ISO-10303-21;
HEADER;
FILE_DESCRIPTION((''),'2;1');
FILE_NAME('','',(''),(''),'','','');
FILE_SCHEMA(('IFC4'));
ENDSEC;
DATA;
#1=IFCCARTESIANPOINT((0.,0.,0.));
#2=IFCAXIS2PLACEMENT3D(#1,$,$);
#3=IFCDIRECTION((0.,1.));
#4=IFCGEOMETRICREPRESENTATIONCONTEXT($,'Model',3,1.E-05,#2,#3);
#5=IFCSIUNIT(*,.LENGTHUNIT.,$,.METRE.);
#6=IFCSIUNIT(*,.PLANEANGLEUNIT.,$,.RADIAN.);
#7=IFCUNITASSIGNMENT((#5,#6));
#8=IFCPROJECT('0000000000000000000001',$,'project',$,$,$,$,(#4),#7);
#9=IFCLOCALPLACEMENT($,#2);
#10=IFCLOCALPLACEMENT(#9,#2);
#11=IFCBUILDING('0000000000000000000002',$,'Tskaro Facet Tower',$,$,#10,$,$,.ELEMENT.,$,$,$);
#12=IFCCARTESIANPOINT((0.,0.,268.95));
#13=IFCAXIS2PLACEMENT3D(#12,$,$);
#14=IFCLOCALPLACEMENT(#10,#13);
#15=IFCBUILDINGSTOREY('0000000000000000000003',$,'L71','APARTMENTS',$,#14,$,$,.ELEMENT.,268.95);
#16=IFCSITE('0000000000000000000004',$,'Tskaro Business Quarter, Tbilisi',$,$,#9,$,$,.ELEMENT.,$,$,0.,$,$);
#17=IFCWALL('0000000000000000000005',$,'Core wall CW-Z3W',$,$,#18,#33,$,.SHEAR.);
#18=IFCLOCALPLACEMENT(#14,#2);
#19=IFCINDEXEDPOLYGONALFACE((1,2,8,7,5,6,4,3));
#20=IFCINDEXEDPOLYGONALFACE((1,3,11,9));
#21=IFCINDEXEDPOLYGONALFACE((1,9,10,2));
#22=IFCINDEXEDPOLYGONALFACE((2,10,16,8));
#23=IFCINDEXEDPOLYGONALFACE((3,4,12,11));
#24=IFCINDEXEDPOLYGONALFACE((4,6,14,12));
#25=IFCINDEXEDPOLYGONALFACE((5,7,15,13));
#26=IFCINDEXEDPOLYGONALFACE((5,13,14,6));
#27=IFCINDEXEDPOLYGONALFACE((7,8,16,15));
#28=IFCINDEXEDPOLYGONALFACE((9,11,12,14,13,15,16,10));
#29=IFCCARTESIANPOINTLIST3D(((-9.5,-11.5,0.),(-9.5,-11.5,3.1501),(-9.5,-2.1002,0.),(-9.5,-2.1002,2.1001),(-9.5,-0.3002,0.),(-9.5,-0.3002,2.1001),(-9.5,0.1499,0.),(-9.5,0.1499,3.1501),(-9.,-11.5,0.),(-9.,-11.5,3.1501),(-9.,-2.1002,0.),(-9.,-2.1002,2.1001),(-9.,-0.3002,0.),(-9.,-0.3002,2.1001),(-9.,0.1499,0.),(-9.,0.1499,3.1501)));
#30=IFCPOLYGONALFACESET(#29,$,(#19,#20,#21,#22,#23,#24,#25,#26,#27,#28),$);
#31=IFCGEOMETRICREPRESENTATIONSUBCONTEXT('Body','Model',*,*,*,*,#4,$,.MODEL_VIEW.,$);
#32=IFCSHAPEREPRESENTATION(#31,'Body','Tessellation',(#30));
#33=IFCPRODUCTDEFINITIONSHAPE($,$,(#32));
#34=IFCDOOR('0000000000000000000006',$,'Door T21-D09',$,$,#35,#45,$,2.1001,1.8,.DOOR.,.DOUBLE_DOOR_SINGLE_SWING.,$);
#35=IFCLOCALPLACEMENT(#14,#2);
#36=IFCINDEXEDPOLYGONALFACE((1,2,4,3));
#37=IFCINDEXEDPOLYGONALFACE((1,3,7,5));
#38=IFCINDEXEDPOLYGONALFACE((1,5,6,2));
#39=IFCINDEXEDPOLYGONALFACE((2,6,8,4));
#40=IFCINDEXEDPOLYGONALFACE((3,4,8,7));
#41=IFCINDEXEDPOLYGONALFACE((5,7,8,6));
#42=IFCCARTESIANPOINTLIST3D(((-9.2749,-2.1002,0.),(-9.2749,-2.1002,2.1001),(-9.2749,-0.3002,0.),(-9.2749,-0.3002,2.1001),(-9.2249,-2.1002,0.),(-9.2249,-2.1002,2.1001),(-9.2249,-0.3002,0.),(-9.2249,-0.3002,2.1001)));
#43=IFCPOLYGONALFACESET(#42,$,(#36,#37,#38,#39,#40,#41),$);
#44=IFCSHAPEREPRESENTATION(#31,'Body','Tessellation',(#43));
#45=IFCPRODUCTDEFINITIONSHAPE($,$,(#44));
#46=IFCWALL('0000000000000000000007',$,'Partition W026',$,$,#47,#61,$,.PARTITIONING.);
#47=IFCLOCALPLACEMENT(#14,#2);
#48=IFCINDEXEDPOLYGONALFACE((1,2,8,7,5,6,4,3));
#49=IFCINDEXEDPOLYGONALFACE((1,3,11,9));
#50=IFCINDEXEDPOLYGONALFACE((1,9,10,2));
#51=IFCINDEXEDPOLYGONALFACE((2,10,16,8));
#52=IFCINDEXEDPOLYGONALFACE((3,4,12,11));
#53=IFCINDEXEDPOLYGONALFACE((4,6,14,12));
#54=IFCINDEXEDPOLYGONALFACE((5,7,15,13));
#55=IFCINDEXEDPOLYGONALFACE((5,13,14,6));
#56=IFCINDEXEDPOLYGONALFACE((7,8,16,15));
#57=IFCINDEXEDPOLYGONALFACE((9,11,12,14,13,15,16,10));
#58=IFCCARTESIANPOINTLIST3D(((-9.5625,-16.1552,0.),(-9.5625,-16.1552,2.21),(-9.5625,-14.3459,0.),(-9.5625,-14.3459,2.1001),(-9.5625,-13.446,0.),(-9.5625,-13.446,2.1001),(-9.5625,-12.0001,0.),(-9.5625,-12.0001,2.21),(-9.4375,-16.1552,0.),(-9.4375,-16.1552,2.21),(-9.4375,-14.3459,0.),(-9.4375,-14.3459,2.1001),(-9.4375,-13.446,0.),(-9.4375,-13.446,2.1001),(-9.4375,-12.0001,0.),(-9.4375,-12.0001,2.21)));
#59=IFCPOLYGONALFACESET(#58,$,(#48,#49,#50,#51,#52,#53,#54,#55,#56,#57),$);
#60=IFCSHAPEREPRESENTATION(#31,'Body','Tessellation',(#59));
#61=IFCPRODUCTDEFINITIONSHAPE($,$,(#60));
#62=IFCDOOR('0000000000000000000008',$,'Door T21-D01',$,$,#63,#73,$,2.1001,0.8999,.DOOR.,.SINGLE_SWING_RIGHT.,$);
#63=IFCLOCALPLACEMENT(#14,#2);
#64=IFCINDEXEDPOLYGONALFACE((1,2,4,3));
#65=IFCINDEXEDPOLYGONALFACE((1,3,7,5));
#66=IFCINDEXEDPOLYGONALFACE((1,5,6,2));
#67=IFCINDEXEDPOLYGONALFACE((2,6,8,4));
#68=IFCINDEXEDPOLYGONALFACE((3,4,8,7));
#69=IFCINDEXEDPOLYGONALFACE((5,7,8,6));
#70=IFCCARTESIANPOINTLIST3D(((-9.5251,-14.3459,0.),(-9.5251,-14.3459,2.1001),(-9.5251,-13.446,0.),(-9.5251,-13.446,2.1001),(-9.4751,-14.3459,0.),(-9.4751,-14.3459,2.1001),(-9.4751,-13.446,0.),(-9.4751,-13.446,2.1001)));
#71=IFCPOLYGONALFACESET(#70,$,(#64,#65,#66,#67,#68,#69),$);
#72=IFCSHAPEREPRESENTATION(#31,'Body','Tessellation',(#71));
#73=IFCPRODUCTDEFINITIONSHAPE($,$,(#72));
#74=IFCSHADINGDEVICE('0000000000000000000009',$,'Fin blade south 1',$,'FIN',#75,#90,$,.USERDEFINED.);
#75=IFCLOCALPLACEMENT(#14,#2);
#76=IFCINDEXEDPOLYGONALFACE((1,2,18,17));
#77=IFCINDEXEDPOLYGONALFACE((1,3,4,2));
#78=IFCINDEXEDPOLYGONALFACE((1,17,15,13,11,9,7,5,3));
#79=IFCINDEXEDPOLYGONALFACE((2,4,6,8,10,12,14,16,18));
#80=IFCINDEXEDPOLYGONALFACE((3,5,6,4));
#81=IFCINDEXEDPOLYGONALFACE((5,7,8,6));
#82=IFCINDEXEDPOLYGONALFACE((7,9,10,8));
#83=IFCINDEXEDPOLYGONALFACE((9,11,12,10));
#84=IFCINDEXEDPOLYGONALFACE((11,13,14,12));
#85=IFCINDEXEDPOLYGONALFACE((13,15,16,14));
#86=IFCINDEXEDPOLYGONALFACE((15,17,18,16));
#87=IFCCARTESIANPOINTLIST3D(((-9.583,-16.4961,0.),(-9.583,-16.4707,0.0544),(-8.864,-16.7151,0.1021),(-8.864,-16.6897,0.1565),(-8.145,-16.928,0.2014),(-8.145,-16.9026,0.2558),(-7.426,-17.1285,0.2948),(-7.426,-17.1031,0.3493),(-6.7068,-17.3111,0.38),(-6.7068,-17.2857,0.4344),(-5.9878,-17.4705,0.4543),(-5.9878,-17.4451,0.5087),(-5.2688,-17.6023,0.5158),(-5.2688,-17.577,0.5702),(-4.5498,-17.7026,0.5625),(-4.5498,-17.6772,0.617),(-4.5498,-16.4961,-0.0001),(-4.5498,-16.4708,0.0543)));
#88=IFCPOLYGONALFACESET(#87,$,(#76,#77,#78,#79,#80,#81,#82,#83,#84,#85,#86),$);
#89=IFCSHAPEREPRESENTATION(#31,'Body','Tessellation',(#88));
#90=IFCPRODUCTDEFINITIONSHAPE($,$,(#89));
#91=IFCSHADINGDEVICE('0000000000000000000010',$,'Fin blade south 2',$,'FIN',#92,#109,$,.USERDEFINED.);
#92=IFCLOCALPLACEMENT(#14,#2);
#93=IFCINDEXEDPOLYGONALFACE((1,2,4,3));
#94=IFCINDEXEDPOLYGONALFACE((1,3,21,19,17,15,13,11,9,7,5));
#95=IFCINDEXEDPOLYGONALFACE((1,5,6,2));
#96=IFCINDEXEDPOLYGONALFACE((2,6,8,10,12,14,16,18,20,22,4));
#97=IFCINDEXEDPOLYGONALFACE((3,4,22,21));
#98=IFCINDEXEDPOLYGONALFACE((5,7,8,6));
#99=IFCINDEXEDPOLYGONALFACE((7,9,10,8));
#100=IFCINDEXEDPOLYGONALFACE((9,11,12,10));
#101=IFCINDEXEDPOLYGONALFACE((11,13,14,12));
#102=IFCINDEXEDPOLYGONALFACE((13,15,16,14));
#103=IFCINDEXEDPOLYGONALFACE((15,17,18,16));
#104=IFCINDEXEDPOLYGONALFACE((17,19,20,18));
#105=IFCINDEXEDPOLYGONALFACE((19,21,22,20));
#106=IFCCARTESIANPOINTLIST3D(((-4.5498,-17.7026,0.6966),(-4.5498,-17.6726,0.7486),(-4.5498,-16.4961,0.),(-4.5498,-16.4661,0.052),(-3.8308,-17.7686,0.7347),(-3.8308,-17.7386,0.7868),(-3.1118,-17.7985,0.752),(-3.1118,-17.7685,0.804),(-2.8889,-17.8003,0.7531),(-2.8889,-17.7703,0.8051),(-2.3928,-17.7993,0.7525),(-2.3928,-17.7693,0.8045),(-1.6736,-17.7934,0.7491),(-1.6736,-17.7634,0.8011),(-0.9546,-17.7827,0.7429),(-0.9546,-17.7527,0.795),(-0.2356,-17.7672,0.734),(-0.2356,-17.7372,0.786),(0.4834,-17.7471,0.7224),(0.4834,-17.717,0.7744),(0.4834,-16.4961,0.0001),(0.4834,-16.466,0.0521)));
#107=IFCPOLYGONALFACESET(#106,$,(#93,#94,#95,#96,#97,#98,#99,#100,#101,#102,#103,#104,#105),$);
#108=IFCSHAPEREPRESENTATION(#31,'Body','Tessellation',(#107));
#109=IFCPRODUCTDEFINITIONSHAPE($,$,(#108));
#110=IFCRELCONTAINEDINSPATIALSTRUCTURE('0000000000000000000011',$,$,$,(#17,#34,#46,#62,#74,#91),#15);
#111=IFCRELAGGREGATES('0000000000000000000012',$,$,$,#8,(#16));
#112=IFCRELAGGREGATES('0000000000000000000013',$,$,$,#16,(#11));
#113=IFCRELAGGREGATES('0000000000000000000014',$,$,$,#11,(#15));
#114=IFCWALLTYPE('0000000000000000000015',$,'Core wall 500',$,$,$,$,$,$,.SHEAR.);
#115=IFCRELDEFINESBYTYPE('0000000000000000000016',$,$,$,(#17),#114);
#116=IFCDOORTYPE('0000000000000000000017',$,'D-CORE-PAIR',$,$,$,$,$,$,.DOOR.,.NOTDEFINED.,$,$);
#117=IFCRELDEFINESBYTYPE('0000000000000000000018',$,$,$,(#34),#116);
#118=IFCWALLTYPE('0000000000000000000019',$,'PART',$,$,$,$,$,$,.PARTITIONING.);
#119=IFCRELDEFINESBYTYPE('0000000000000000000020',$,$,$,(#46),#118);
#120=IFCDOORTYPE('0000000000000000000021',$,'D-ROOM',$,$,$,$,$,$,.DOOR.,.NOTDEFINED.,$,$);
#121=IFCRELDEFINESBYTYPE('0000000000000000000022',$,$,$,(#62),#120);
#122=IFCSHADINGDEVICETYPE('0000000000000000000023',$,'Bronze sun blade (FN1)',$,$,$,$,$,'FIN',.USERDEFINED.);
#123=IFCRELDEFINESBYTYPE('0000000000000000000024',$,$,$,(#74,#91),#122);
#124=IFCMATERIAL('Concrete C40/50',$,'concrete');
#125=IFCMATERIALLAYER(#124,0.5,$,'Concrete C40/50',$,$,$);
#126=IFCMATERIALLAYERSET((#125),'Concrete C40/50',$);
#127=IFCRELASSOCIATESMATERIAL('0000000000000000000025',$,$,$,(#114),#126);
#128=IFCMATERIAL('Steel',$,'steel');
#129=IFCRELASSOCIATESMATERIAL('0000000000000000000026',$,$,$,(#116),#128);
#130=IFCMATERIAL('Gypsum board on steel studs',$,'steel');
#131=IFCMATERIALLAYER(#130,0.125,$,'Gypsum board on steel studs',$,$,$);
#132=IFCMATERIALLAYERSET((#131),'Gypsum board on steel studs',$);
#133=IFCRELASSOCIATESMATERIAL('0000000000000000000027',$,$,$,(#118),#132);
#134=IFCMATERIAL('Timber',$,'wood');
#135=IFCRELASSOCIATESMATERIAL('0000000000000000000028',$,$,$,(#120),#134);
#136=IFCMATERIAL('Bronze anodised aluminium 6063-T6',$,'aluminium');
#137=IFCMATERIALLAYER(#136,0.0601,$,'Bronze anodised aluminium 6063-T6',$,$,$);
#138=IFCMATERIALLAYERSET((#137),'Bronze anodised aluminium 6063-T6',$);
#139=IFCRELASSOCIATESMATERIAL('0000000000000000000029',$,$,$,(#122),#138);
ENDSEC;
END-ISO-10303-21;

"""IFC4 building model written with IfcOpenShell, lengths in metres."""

from ifc_helpers import new_model, si_unit, direction, frame, frame_2d, origin, place, context, subcontext, project, spatial, polyline, rectangle, outline, extrude, material, layer, layer_set, type_object, element, fill, save


model = new_model("IFC4")

# Units and contexts
model_context = context("Model", 3, precision=1e-05, world=origin(), true_north=direction((0.0, 1.0)))
body_context = subcontext(model_context, "Body", "Model", "MODEL_VIEW")
ifc_project = project(units=[si_unit("LENGTHUNIT", "METRE"), si_unit("PLANEANGLEUNIT", "RADIAN")], contexts=[model_context])

# Site, building, storey
site_placement = place(None, origin())
site = spatial("IfcSite", under=ifc_project, at=site_placement, Name="Tskaro Business Quarter, Tbilisi", CompositionType="ELEMENT", RefElevation=0.0)
building_placement = place(site_placement, origin())
building = spatial("IfcBuilding", under=site, at=building_placement, Name="Tskaro Facet Tower", CompositionType="ELEMENT")
storey_placement = place(building_placement, frame((0.0, 0.0, 268.95)))
storey = spatial("IfcBuildingStorey", under=building, at=storey_placement, Name="L71", Description="APARTMENTS", CompositionType="ELEMENT", Elevation=268.95)

# Shared definitions
ifc_material_1 = material(Name="Bronze anodised aluminium 6063-T6", Category="aluminium")

# Shared definitions
ifc_material_2 = material(Name="Steel", Category="steel")

# Shared definitions
ifc_material_3 = material(Name="Concrete C40/50", Category="concrete")
ifc_layer_1 = layer(ifc_material_3, 0.5, Name="Concrete C40/50")
ifc_layer_set_1 = layer_set([ifc_layer_1], Name="Concrete C40/50")
wall_type_1 = type_object("IfcWallType", Name="Core wall 500", PredefinedType="SHEAR", material=ifc_layer_set_1)

# Walls, openings, doors
wall_1_placement = place(storey_placement, frame((-9.25, -11.5, 0.0), z_axis=(0.0, 0.0, 1.0), x_axis=(0.0, 1.0, 0.0)))
wall_1 = element("IfcWall", 1, at=wall_1_placement, inside=storey, type_object=wall_type_1, Name="Core wall CW-Z3W", PredefinedType="SHEAR", context=body_context, shape_type="SweptSolid", body=[
    extrude(rectangle(XDim=11.6499, YDim=0.5, at=frame_2d((5.825, 0.0))), origin(), (0.0, 0.0, 1.0), 3.1501),
])
opening_1_placement = place(wall_1_placement, frame((9.3999, 0.0, 0.0)))
opening_1 = element("IfcOpeningElement", 2, at=opening_1_placement, cuts=wall_1, PredefinedType="OPENING", context=body_context, shape_type="SweptSolid", body=[
    extrude(rectangle(XDim=1.8, YDim=2.1001, at=frame_2d((0.8999, 1.05))), frame((0.0, 0.26, 0.0), z_axis=(0.0, -1.0, 0.0), x_axis=(1.0, 0.0, 0.0)), (0.0, 0.0, 1.0), 0.52),
])
door_type_1 = type_object("IfcDoorType", Name="D-CORE-PAIR", OperationType="NOTDEFINED", PredefinedType="DOOR", material=ifc_material_2)
door_1_placement = place(opening_1_placement, origin())
door_1 = element("IfcDoor", 3, at=door_1_placement, inside=storey, type_object=door_type_1, Name="Door T21-D09", OperationType="DOUBLE_DOOR_SINGLE_SWING", OverallHeight=2.1001, OverallWidth=1.8, PredefinedType="DOOR", context=body_context, shape_type="SweptSolid", body=[
    extrude(rectangle(XDim=1.8, YDim=2.1001, at=frame_2d((0.8999, 1.05))), frame((0.0, 0.0249, 0.0), z_axis=(0.0, -1.0, 0.0), x_axis=(1.0, 0.0, 0.0)), (0.0, 0.0, 1.0), 0.05),
])
fill(opening_1, door_1)
ifc_material_4 = material(Name="Gypsum board on steel studs", Category="steel")
ifc_layer_2 = layer(ifc_material_4, 0.125, Name="Gypsum board on steel studs")
ifc_layer_set_2 = layer_set([ifc_layer_2], Name="Gypsum board on steel studs")
wall_type_2 = type_object("IfcWallType", Name="PART", PredefinedType="PARTITIONING", material=ifc_layer_set_2)
wall_2_placement = place(storey_placement, frame((-9.5, -12.0, 0.0), z_axis=(0.0, 0.0, 1.0), x_axis=(0.0, -1.0, 0.0)))
wall_2 = element("IfcWall", 4, at=wall_2_placement, inside=storey, type_object=wall_type_2, Name="Partition W026", PredefinedType="PARTITIONING", context=body_context, shape_type="SweptSolid", body=[
    extrude(rectangle(XDim=4.155, YDim=0.125, at=frame_2d((2.0776, 0.0))), origin(), (0.0, 0.0, 1.0), 2.21),
])
opening_2_placement = place(wall_2_placement, frame((1.446, 0.0, 0.0)))
opening_2 = element("IfcOpeningElement", 5, at=opening_2_placement, cuts=wall_2, PredefinedType="OPENING", context=body_context, shape_type="SweptSolid", body=[
    extrude(rectangle(XDim=0.8999, YDim=2.1001, at=frame_2d((0.45, 1.05))), frame((0.0, 0.0725, 0.0), z_axis=(0.0, -1.0, 0.0), x_axis=(1.0, 0.0, 0.0)), (0.0, 0.0, 1.0), 0.145),
])
ifc_material_5 = material(Name="Timber", Category="wood")
door_type_2 = type_object("IfcDoorType", Name="D-ROOM", OperationType="NOTDEFINED", PredefinedType="DOOR", material=ifc_material_5)
door_2_placement = place(opening_2_placement, origin())
door_2 = element("IfcDoor", 6, at=door_2_placement, inside=storey, type_object=door_type_2, Name="Door T21-D01", OperationType="SINGLE_SWING_RIGHT", OverallHeight=2.1001, OverallWidth=0.8999, PredefinedType="DOOR", context=body_context, shape_type="SweptSolid", body=[
    extrude(rectangle(XDim=0.8999, YDim=2.1001, at=frame_2d((0.45, 1.05))), frame((0.0, 0.0249, 0.0), z_axis=(0.0, -1.0, 0.0), x_axis=(1.0, 0.0, 0.0)), (0.0, 0.0, 1.0), 0.05),
])
fill(opening_2, door_2)

# Shading devices
ifc_layer_3 = layer(ifc_material_1, 0.0601, Name="Bronze anodised aluminium 6063-T6")
ifc_layer_set_3 = layer_set([ifc_layer_3], Name="Bronze anodised aluminium 6063-T6")
shading_device_type = type_object("IfcShadingDeviceType", Name="Bronze sun blade (FN1)", ElementType="FIN", PredefinedType="USERDEFINED", material=ifc_layer_set_3)
shading_device_1_placement = place(storey_placement, frame((-9.583, -16.4707, 0.0544), z_axis=(0.000024, 0.422635, 0.9063), x_axis=(1.0, -0.00001, -0.000022)))
element("IfcShadingDevice", 7, at=shading_device_1_placement, inside=storey, type_object=shading_device_type, Name="Fin blade south 1", ObjectType="FIN", PredefinedType="USERDEFINED", context=body_context, shape_type="SweptSolid", body=[
    extrude(outline(polyline([(0.0, 0.0), (5.0332, 0.0), (5.0332, -1.3312), (4.3142, -1.2206), (3.5952, -1.0751), (2.8762, -0.8992), (2.157, -0.6977), (1.438, -0.4765), (0.719, -0.2416), (0.0, 0.0)])), origin(), (0.0, 0.0, -1.0), 0.0601),
])
shading_device_2_placement = place(storey_placement, frame((-4.5498, -16.4661, 0.052), z_axis=(-0.000018, 0.500026, 0.86601), x_axis=(1.0, 0.000009, 0.000016)))
element("IfcShadingDevice", 8, at=shading_device_2_placement, inside=storey, type_object=shading_device_type, Name="Fin blade south 2", ObjectType="FIN", PredefinedType="USERDEFINED", context=body_context, shape_type="SweptSolid", body=[
    extrude(outline(polyline([(0.0, 0.0), (5.0332, 0.0), (5.0332, -1.4446), (4.3142, -1.4679), (3.5952, -1.4857), (2.8762, -1.4981), (2.157, -1.5048), (1.6609, -1.5061), (1.438, -1.504), (0.719, -1.4694), (0.0, -1.3932), (0.0, 0.0)])), origin(), (0.0, 0.0, -1.0), 0.0601),
])

save(model, "model.ifc")
